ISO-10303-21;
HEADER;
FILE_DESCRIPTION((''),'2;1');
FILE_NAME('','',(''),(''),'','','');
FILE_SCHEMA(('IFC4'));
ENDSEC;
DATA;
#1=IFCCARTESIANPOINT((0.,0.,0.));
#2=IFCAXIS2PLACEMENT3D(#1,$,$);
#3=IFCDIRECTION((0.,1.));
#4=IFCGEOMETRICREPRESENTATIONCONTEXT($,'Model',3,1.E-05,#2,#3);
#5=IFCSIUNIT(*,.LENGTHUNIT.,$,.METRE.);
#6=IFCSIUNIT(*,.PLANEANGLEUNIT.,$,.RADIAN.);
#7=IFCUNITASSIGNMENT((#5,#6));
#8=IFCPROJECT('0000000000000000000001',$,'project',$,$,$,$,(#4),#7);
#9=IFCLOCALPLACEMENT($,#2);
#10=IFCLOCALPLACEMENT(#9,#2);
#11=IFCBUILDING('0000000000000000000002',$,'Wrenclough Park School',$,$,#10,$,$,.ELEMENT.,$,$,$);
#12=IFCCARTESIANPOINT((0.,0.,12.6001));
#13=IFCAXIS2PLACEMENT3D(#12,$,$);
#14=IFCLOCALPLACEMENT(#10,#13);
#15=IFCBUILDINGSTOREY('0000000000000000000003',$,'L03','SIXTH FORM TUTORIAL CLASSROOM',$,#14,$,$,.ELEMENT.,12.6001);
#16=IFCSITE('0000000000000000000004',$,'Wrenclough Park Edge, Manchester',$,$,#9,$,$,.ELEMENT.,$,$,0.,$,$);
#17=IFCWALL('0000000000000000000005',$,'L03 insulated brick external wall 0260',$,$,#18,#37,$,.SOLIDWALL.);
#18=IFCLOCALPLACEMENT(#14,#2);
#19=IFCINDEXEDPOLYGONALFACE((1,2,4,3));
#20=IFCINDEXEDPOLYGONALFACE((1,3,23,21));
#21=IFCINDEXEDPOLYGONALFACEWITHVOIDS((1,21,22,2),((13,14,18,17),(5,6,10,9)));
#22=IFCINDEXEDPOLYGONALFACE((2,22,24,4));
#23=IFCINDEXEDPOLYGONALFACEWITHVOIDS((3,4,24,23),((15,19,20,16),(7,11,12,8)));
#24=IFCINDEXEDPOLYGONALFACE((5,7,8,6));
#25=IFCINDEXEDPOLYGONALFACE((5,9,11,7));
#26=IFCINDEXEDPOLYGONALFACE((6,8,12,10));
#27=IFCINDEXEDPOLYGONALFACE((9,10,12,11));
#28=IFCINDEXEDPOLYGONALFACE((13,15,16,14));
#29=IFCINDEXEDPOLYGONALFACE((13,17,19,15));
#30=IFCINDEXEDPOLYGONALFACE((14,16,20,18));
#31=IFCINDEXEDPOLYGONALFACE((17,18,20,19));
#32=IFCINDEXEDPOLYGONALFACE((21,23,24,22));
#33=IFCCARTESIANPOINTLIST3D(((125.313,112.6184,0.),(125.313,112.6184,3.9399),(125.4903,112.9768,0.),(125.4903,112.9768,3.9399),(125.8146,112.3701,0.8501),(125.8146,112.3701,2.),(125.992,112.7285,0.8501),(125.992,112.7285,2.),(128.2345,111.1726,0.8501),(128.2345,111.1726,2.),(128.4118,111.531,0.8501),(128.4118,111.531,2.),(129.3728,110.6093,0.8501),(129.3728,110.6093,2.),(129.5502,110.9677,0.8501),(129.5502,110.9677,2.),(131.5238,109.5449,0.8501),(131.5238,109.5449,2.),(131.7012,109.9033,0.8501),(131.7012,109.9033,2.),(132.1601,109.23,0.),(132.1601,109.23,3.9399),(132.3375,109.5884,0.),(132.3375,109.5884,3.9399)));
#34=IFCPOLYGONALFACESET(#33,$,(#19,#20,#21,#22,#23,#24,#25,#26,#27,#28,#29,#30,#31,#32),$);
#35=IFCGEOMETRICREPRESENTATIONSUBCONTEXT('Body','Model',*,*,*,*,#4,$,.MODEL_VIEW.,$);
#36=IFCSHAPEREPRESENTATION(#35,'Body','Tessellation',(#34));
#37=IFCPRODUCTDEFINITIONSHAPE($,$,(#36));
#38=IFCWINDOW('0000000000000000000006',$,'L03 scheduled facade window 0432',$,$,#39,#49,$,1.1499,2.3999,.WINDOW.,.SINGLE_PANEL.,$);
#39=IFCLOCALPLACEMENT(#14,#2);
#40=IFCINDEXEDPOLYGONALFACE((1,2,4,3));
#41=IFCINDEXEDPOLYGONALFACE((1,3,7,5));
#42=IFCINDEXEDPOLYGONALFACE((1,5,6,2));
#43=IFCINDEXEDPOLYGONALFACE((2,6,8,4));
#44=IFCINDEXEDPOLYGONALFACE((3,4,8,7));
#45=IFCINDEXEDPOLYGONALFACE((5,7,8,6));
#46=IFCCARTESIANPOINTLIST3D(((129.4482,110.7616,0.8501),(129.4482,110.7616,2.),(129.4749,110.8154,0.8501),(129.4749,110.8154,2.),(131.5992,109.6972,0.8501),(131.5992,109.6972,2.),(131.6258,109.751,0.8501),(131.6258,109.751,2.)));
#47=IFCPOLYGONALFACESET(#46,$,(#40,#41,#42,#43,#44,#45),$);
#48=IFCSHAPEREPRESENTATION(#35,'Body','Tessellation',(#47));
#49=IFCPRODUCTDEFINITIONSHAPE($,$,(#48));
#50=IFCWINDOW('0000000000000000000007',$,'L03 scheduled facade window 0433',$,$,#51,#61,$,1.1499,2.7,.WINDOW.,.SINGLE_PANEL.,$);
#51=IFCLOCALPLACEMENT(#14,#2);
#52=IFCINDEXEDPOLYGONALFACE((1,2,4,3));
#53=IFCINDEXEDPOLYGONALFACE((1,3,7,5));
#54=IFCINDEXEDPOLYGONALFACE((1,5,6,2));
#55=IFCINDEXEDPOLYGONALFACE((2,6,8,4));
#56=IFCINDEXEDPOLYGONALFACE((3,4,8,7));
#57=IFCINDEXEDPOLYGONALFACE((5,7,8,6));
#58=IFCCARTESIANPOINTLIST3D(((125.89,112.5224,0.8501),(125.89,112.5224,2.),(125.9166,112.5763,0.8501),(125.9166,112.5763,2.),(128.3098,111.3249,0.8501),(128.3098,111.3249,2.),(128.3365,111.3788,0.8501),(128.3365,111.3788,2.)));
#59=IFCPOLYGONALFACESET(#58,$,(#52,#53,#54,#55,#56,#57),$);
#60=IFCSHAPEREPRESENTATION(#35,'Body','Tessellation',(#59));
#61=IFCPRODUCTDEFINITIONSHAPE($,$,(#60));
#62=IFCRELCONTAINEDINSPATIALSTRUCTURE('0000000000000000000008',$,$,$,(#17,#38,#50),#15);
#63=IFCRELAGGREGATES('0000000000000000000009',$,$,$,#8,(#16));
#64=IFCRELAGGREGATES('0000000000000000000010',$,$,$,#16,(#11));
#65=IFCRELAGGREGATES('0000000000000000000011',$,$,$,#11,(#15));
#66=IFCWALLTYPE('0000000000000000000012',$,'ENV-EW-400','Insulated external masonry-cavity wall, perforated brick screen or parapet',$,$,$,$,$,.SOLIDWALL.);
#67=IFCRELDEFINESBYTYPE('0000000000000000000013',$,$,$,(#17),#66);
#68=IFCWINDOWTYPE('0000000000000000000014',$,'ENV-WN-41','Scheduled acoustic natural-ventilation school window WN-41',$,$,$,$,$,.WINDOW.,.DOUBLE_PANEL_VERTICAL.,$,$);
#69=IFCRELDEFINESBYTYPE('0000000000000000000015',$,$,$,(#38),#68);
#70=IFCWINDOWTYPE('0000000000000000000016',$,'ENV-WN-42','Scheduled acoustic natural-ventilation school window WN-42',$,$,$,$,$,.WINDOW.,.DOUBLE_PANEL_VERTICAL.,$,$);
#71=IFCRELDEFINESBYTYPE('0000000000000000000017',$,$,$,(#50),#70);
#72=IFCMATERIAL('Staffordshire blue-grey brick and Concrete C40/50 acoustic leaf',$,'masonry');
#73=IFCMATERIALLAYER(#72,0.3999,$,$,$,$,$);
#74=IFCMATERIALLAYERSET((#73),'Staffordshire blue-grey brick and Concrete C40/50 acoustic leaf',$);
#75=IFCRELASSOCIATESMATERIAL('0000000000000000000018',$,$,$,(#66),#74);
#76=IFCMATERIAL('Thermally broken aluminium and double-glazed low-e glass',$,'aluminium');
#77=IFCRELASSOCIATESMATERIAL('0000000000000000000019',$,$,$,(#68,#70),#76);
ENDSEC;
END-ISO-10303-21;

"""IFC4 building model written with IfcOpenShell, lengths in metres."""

from ifc_helpers import new_model, si_unit, direction, frame, frame_2d, origin, place, context, subcontext, project, spatial, rectangle, extrude, material, layer, layer_set, type_object, element, fill, save


model = new_model("IFC4")

# Units and contexts
model_context = context("Model", 3, precision=1e-05, world=origin(), true_north=direction((0.0, 1.0)))
body_context = subcontext(model_context, "Body", "Model", "MODEL_VIEW")
ifc_project = project(units=[si_unit("LENGTHUNIT", "METRE"), si_unit("PLANEANGLEUNIT", "RADIAN")], contexts=[model_context])

# Site, building, storey
site_placement = place(None, origin())
site = spatial("IfcSite", under=ifc_project, at=site_placement, Name="Wrenclough Park Edge, Manchester", CompositionType="ELEMENT", RefElevation=0.0)
building_placement = place(site_placement, origin())
building = spatial("IfcBuilding", under=site, at=building_placement, Name="Wrenclough Park School", CompositionType="ELEMENT")
storey_placement = place(building_placement, frame((0.0, 0.0, 12.6001)))
storey = spatial("IfcBuildingStorey", under=building, at=storey_placement, Name="L03", Description="SIXTH FORM TUTORIAL CLASSROOM", CompositionType="ELEMENT", Elevation=12.6001)

# Wall, openings, windows
ifc_material_1 = material(Name="Staffordshire blue-grey brick and Concrete C40/50 acoustic leaf", Category="masonry")
ifc_layer_1 = layer(ifc_material_1, 0.3999)
ifc_layer_set_1 = layer_set([ifc_layer_1], Name="Staffordshire blue-grey brick and Concrete C40/50 acoustic leaf")
wall_type = type_object("IfcWallType", Name="ENV-EW-400", Description="Insulated external masonry-cavity wall, perforated brick screen or parapet", PredefinedType="SOLIDWALL", material=ifc_layer_set_1)
wall_placement = place(storey_placement, frame((132.2488, 109.4092, 0.0), z_axis=(0.0, 0.0, 1.0), x_axis=(-0.89626, 0.443528, 0.0)))
wall = element("IfcWall", 1, at=wall_placement, inside=storey, type_object=wall_type, Name="L03 insulated brick external wall 0260", PredefinedType="SOLIDWALL", context=body_context, shape_type="SweptSolid", body=[
    extrude(rectangle(XDim=7.6396, YDim=0.3999, at=frame_2d((3.8198, 0.0))), origin(), (0.0, 0.0, 1.0), 3.9399),
])
opening_1_placement = place(wall_placement, frame((0.71, 0.0, 0.8501)))
opening_1 = element("IfcOpeningElement", 2, at=opening_1_placement, cuts=wall, PredefinedType="OPENING", context=body_context, shape_type="SweptSolid", body=[
    extrude(rectangle(XDim=2.3999, YDim=1.1499, at=frame_2d((1.2, 0.575))), frame((0.0, 0.21, 0.0), z_axis=(0.0, -1.0, 0.0), x_axis=(1.0, 0.0, 0.0)), (0.0, 0.0, 1.0), 0.4199),
])
opening_2_placement = place(wall_placement, frame((4.3799, 0.0, 0.8501)))
opening_2 = element("IfcOpeningElement", 3, at=opening_2_placement, cuts=wall, PredefinedType="OPENING", context=body_context, shape_type="SweptSolid", body=[
    extrude(rectangle(XDim=2.7, YDim=1.1499, at=frame_2d((1.3501, 0.575))), frame((0.0, 0.21, 0.0), z_axis=(0.0, -1.0, 0.0), x_axis=(1.0, 0.0, 0.0)), (0.0, 0.0, 1.0), 0.4199),
])
ifc_material_2 = material(Name="Thermally broken aluminium and double-glazed low-e glass", Category="aluminium")
window_type_1 = type_object("IfcWindowType", Name="ENV-WN-41", Description="Scheduled acoustic natural-ventilation school window WN-41", PartitioningType="DOUBLE_PANEL_VERTICAL", PredefinedType="WINDOW", material=ifc_material_2)
window_1_placement = place(opening_1_placement, origin())
window_1 = element("IfcWindow", 4, at=window_1_placement, inside=storey, type_object=window_type_1, Name="L03 scheduled facade window 0432", OverallHeight=1.1499, OverallWidth=2.3999, PartitioningType="SINGLE_PANEL", PredefinedType="WINDOW", context=body_context, shape_type="SweptSolid", body=[
    extrude(rectangle(XDim=2.3999, YDim=1.1499, at=frame_2d((1.2, 0.575))), frame((0.0, 0.03, 0.0), z_axis=(0.0, -1.0, 0.0), x_axis=(1.0, 0.0, 0.0)), (0.0, 0.0, 1.0), 0.0601),
])
fill(opening_1, window_1)
window_type_2 = type_object("IfcWindowType", Name="ENV-WN-42", Description="Scheduled acoustic natural-ventilation school window WN-42", PartitioningType="DOUBLE_PANEL_VERTICAL", PredefinedType="WINDOW", material=ifc_material_2)
window_2_placement = place(opening_2_placement, origin())
window_2 = element("IfcWindow", 5, at=window_2_placement, inside=storey, type_object=window_type_2, Name="L03 scheduled facade window 0433", OverallHeight=1.1499, OverallWidth=2.7, PartitioningType="SINGLE_PANEL", PredefinedType="WINDOW", context=body_context, shape_type="SweptSolid", body=[
    extrude(rectangle(XDim=2.7, YDim=1.1499, at=frame_2d((1.3501, 0.575))), frame((0.0, 0.03, 0.0), z_axis=(0.0, -1.0, 0.0), x_axis=(1.0, 0.0, 0.0)), (0.0, 0.0, 1.0), 0.0601),
])
fill(opening_2, window_2)

save(model, "model.ifc")
